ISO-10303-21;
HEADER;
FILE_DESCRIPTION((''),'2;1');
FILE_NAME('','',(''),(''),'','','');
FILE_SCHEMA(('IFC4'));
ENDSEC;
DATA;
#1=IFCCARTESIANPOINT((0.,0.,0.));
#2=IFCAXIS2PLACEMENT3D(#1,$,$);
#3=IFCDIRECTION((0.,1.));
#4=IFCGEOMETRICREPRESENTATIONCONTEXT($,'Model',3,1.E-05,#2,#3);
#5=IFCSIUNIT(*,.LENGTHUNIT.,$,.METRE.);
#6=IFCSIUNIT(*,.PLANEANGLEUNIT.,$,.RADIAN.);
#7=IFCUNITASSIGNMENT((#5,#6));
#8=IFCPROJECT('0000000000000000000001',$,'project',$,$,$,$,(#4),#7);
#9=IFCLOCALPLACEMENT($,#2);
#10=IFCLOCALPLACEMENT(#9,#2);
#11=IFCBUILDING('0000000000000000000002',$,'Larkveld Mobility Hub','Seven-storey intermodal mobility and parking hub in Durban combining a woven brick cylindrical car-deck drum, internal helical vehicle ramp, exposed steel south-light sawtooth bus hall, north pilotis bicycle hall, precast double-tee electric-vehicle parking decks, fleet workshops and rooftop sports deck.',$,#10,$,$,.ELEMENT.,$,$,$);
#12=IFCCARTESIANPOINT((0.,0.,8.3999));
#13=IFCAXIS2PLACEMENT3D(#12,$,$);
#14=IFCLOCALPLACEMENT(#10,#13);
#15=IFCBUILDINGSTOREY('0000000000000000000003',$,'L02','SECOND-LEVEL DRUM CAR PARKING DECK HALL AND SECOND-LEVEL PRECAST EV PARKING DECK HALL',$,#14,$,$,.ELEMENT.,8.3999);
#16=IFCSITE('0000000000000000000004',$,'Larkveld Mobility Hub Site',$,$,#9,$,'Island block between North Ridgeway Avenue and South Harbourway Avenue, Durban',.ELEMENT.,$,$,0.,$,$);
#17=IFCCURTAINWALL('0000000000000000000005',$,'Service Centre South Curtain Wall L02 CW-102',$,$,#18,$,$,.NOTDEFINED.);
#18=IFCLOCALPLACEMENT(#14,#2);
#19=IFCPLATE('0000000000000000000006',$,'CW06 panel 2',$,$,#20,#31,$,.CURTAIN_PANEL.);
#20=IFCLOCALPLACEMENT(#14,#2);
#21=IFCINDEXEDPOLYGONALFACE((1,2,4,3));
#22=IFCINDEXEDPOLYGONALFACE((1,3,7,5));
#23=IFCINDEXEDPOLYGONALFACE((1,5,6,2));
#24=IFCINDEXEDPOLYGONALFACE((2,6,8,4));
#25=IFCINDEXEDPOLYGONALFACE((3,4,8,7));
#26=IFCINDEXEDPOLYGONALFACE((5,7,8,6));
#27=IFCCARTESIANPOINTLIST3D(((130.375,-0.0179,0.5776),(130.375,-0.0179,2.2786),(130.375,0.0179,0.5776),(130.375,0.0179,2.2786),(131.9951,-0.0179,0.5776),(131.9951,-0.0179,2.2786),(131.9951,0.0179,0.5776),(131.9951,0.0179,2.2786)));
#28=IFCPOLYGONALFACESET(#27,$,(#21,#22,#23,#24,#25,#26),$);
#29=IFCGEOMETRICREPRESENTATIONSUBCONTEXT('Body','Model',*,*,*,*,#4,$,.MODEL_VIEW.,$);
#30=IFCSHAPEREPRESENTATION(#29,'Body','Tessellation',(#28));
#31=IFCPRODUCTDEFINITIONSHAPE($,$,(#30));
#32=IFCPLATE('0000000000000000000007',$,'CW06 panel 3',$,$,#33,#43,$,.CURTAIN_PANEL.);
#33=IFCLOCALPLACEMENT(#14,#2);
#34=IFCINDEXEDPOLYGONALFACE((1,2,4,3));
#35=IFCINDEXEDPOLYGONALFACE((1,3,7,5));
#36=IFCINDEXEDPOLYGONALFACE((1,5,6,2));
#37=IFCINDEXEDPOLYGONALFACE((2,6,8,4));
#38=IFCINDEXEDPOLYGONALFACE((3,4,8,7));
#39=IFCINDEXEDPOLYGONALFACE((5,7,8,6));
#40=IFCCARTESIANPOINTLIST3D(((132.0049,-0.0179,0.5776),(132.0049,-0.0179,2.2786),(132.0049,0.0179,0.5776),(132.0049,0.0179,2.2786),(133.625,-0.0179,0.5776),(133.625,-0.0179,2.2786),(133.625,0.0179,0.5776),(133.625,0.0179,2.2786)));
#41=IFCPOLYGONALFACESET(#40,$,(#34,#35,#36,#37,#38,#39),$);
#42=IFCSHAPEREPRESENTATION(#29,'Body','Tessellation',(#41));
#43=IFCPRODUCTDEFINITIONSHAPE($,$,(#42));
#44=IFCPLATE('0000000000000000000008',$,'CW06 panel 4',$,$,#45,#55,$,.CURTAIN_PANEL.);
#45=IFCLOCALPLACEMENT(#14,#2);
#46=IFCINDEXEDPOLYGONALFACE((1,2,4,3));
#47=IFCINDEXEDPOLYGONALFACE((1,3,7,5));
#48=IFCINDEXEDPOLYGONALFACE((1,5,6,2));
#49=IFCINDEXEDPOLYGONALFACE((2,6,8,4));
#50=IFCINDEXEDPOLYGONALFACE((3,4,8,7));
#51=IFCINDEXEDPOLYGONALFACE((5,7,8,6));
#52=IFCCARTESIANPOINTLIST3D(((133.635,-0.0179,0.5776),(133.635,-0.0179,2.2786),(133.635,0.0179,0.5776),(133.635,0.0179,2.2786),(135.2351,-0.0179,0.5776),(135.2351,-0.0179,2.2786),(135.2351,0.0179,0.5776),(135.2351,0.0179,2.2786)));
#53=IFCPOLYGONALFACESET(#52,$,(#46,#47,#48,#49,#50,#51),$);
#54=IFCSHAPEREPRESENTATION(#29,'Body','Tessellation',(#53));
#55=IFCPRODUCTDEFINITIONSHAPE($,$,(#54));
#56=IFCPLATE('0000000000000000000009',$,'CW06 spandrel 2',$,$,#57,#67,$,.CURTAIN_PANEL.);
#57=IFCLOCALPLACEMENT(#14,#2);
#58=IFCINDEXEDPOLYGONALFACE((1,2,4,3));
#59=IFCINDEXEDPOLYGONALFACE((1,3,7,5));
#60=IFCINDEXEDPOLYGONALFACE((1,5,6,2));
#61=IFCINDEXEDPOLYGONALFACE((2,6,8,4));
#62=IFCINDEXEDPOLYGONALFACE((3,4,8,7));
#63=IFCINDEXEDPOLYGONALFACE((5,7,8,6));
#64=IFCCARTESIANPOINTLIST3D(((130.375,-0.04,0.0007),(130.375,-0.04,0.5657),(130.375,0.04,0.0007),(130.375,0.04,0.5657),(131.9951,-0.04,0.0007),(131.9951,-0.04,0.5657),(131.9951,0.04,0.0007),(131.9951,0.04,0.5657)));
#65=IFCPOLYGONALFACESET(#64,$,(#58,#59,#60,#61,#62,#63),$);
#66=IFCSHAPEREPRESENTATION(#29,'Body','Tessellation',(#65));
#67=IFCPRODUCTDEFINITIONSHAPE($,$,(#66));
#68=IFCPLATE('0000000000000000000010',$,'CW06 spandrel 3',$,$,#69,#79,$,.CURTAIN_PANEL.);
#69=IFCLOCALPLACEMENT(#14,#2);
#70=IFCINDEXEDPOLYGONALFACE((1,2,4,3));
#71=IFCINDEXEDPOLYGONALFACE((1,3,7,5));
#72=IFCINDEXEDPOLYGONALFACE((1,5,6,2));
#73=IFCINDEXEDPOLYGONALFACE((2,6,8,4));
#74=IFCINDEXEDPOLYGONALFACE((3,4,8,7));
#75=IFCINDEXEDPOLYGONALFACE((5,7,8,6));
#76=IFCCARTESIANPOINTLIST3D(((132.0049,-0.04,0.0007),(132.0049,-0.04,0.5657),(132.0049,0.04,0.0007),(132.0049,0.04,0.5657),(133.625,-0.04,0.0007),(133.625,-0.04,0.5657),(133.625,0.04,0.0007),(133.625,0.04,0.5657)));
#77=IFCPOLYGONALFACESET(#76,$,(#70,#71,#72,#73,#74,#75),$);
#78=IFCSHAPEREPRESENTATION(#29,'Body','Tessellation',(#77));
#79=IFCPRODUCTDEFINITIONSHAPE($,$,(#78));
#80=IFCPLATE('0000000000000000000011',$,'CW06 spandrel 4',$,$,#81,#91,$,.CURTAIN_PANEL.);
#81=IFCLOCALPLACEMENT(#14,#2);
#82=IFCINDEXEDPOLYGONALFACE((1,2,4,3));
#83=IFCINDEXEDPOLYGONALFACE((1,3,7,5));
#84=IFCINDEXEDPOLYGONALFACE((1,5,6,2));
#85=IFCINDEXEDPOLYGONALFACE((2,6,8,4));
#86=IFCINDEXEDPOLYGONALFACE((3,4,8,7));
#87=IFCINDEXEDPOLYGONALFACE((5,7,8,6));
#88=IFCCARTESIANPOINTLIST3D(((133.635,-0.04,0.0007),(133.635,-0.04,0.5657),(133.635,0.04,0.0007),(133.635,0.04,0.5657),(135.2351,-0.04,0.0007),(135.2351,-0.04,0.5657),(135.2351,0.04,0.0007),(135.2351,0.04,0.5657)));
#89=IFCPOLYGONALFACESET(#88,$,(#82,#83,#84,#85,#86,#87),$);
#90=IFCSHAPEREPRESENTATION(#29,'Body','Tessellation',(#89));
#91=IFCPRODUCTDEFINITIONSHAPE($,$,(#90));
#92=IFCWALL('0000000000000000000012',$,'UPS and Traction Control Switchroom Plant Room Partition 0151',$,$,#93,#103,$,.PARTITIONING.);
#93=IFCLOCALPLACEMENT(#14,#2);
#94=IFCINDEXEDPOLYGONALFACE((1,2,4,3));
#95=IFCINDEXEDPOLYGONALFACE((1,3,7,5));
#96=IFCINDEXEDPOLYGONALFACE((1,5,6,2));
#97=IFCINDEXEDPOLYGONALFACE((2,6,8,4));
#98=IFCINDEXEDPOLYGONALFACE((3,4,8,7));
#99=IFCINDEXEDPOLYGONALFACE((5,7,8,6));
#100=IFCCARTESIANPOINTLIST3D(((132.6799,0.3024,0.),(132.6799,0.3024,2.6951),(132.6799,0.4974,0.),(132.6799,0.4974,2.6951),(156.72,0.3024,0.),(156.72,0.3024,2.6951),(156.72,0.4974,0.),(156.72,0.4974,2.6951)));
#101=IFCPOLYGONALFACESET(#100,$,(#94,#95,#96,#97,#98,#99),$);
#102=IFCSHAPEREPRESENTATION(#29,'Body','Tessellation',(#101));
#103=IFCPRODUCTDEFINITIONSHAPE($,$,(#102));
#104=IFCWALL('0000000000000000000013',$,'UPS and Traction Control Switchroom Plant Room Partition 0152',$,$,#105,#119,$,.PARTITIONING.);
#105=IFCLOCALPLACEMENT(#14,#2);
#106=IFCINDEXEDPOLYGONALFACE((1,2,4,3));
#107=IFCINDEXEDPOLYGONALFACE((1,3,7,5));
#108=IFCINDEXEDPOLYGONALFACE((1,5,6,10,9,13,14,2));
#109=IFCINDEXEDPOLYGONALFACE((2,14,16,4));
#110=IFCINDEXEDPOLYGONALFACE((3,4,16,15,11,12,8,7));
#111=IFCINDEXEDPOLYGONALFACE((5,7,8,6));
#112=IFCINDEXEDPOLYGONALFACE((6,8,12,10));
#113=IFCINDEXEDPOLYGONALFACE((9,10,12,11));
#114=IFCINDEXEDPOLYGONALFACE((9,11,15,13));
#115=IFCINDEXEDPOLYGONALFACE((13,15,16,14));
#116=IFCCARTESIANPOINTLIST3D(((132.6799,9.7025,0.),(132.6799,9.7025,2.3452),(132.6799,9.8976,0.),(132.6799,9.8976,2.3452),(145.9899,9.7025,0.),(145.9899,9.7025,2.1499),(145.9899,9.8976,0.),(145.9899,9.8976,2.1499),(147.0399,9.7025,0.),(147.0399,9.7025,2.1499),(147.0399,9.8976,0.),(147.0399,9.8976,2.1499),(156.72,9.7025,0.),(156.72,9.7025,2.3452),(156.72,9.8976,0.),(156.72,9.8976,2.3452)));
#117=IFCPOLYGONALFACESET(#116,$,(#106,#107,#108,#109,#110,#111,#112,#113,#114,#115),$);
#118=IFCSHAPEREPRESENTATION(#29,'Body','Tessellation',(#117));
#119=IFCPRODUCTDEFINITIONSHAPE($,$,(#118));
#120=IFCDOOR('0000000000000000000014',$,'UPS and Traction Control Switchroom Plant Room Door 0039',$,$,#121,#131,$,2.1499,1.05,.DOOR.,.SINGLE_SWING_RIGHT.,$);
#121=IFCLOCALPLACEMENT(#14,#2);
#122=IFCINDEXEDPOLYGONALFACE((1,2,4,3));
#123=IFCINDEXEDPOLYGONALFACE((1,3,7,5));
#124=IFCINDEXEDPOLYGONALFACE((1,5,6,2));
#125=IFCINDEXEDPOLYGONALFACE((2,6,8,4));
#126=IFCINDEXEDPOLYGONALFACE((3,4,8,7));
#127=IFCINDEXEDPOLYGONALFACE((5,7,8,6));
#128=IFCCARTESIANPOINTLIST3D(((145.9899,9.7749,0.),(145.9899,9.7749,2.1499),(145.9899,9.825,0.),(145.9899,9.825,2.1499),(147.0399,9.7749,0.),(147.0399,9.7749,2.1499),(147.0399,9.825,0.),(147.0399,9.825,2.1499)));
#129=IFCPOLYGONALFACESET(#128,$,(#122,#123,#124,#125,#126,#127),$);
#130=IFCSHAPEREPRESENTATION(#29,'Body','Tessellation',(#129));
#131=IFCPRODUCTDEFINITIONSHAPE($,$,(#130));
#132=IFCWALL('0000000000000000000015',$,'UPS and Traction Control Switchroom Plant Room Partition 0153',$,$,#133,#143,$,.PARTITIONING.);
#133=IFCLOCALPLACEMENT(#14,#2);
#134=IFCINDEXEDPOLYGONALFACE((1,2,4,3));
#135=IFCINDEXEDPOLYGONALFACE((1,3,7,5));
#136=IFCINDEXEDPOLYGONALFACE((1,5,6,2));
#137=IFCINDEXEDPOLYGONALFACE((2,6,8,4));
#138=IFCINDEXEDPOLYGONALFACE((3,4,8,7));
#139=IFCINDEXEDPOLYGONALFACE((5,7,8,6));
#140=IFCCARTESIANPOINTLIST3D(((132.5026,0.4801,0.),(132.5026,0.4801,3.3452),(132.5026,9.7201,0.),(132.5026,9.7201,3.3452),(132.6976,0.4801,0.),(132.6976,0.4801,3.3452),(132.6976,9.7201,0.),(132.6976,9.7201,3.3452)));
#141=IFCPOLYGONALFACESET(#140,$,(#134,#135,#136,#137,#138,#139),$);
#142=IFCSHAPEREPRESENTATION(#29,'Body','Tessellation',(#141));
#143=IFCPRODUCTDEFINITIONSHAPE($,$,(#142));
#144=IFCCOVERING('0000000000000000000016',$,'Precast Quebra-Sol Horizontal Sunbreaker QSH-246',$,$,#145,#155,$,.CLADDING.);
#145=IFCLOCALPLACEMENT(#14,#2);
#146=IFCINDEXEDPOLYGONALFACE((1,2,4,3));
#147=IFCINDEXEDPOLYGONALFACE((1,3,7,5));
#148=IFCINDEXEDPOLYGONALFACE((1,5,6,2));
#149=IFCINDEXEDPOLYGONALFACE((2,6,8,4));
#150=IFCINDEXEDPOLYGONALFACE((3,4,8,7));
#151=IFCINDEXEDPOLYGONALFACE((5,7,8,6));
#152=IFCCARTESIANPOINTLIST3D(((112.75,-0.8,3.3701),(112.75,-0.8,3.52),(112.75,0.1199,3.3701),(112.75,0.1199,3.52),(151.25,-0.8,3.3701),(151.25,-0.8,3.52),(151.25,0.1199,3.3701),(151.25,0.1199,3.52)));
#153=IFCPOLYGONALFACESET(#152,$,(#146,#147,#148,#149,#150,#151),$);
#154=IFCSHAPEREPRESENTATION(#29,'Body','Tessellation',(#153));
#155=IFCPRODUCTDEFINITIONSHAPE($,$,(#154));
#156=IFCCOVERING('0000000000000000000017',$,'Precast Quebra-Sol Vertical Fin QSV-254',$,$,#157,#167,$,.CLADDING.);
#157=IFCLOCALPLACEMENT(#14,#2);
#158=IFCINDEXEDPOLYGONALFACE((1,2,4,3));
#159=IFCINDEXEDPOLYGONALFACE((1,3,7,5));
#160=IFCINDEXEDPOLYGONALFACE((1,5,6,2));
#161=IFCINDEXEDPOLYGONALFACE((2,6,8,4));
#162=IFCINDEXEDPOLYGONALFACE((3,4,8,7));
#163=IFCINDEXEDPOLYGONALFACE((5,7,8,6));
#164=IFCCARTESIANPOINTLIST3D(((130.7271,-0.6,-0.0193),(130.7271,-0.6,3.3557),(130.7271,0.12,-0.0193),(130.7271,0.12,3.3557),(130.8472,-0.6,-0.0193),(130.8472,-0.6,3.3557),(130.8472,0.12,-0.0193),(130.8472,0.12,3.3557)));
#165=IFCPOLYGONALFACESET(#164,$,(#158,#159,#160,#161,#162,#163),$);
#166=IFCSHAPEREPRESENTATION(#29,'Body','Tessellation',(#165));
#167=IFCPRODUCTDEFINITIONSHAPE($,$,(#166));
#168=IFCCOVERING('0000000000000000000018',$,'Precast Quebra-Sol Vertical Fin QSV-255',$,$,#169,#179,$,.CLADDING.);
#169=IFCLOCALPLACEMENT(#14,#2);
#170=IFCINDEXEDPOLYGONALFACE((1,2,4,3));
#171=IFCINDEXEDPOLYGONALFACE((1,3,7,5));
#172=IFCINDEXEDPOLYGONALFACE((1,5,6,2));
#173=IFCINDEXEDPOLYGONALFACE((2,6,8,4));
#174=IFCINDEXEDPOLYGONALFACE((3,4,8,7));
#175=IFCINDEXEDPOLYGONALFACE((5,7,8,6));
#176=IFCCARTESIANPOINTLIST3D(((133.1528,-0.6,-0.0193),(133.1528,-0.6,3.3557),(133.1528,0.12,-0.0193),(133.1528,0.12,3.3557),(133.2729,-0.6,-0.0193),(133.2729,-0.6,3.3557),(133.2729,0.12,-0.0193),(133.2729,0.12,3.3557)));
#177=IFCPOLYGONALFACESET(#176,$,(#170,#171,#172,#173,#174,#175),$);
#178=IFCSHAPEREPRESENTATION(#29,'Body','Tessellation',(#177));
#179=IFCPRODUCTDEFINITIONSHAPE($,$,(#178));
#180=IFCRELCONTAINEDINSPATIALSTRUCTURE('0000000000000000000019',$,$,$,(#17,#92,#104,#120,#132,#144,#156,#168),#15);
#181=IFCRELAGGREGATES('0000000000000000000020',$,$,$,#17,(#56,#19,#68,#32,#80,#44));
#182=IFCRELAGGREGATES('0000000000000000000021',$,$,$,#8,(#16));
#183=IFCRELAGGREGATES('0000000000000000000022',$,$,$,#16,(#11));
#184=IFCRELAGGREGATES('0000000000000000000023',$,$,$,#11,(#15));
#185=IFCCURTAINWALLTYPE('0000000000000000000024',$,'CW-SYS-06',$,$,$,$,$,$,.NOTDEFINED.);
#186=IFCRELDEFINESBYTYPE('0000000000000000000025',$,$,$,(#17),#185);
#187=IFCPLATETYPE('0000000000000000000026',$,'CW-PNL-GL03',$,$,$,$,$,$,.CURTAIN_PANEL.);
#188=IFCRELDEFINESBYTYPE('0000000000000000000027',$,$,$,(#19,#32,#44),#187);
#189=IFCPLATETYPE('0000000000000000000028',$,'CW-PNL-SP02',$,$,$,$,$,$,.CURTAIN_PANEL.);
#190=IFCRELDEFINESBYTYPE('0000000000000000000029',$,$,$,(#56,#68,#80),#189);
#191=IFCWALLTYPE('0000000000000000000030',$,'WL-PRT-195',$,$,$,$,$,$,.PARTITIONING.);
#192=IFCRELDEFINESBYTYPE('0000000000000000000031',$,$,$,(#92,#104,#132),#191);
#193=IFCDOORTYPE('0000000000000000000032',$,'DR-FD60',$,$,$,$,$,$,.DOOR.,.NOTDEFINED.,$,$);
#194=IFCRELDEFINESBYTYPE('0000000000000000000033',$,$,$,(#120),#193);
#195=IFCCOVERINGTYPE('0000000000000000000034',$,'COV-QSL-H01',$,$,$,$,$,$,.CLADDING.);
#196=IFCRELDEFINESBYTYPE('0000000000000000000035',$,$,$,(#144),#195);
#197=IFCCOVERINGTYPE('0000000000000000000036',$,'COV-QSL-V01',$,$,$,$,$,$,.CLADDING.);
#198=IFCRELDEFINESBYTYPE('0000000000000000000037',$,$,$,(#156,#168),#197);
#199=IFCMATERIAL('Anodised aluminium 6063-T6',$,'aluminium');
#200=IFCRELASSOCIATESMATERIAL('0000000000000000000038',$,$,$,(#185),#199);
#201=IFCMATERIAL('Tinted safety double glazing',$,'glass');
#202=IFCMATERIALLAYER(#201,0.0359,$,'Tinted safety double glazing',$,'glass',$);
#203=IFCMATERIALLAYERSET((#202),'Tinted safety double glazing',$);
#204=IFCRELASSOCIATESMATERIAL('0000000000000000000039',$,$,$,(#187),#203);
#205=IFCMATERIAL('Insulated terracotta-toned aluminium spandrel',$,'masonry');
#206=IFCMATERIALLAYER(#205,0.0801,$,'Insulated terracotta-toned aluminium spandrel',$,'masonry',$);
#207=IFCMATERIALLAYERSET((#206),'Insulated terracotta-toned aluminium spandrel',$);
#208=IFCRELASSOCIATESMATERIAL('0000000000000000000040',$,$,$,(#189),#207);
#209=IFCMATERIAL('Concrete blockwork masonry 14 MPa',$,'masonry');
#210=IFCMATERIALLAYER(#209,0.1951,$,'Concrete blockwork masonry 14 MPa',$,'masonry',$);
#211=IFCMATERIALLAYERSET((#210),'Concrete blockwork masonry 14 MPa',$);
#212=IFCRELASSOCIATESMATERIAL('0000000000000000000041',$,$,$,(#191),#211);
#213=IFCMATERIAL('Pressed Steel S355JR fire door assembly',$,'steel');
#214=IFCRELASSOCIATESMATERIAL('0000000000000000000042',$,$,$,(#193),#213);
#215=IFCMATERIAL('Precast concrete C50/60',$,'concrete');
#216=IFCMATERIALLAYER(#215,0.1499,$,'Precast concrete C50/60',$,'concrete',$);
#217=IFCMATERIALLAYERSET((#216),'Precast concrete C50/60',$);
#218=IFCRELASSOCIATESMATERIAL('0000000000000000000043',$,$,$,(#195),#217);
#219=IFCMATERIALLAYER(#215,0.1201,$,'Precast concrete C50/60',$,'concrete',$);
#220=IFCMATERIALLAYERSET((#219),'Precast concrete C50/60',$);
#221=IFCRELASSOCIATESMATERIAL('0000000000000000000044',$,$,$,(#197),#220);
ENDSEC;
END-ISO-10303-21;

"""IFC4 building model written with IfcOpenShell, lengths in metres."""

from ifc_helpers import new_model, si_unit, direction, frame, frame_2d, origin, origin_2d, place, context, subcontext, project, spatial, rectangle, extrude, material, layer, layer_set, type_object, element, fill, aggregate, save


model = new_model("IFC4")

# Units and contexts
model_context = context("Model", 3, precision=1e-05, world=origin(), true_north=direction((0.0, 1.0)))
body_context = subcontext(model_context, "Body", "Model", "MODEL_VIEW")
ifc_project = project(units=[si_unit("LENGTHUNIT", "METRE"), si_unit("PLANEANGLEUNIT", "RADIAN")], contexts=[model_context])

# Site, building, storey
site_placement = place(None, origin())
site = spatial("IfcSite", under=ifc_project, at=site_placement, Name="Larkveld Mobility Hub Site", LongName="Island block between North Ridgeway Avenue and South Harbourway Avenue, Durban", CompositionType="ELEMENT", RefElevation=0.0)
building_placement = place(site_placement, origin())
building = spatial("IfcBuilding", under=site, at=building_placement, Name="Larkveld Mobility Hub", Description="Seven-storey intermodal mobility and parking hub in Durban combining a woven brick cylindrical car-deck drum, internal helical vehicle ramp, exposed steel south-light sawtooth bus hall, north pilotis bicycle hall, precast double-tee electric-vehicle parking decks, fleet workshops and rooftop sports deck.", CompositionType="ELEMENT")
storey_placement = place(building_placement, frame((0.0, 0.0, 8.3999)))
storey = spatial("IfcBuildingStorey", under=building, at=storey_placement, Name="L02", Description="SECOND-LEVEL DRUM CAR PARKING DECK HALL AND SECOND-LEVEL PRECAST EV PARKING DECK HALL", CompositionType="ELEMENT", Elevation=8.3999)

# Curtain wall, plates
ifc_material_1 = material(Name="Anodised aluminium 6063-T6", Category="aluminium")
curtain_wall_type = type_object("IfcCurtainWallType", Name="CW-SYS-06", PredefinedType="NOTDEFINED", material=ifc_material_1)
curtain_wall_placement = place(storey_placement, origin())
curtain_wall = element("IfcCurtainWall", 1, at=curtain_wall_placement, inside=storey, type_object=curtain_wall_type, Name="Service Centre South Curtain Wall L02 CW-102", PredefinedType="NOTDEFINED")
ifc_material_2 = material(Name="Tinted safety double glazing", Category="glass")
ifc_layer_1 = layer(ifc_material_2, 0.0359, Name="Tinted safety double glazing", Category="glass")
ifc_layer_set_1 = layer_set([ifc_layer_1], Name="Tinted safety double glazing")
plate_type_1 = type_object("IfcPlateType", Name="CW-PNL-GL03", PredefinedType="CURTAIN_PANEL", material=ifc_layer_set_1)
plate_1_placement = place(storey_placement, frame((131.1851, 0.0, 0.5776), z_axis=(0.0, 0.0, 1.0), x_axis=(1.0, 0.0, 0.0)))
plate_1 = element("IfcPlate", 2, at=plate_1_placement, type_object=plate_type_1, Name="CW06 panel 2", PredefinedType="CURTAIN_PANEL", context=body_context, shape_type="SweptSolid", body=[
    extrude(rectangle(XDim=1.6201, YDim=0.0359, at=origin_2d()), origin(), (0.0, 0.0, 1.0), 1.7009),
])
plate_2_placement = place(storey_placement, frame((132.8149, 0.0, 0.5776), z_axis=(0.0, 0.0, 1.0), x_axis=(1.0, 0.0, 0.0)))
plate_2 = element("IfcPlate", 3, at=plate_2_placement, type_object=plate_type_1, Name="CW06 panel 3", PredefinedType="CURTAIN_PANEL", context=body_context, shape_type="SweptSolid", body=[
    extrude(rectangle(XDim=1.6201, YDim=0.0359, at=origin_2d()), origin(), (0.0, 0.0, 1.0), 1.7009),
])
plate_3_placement = place(storey_placement, frame((134.4351, 0.0, 0.5776), z_axis=(0.0, 0.0, 1.0), x_axis=(1.0, 0.0, 0.0)))
plate_3 = element("IfcPlate", 4, at=plate_3_placement, type_object=plate_type_1, Name="CW06 panel 4", PredefinedType="CURTAIN_PANEL", context=body_context, shape_type="SweptSolid", body=[
    extrude(rectangle(XDim=1.6001, YDim=0.0359, at=origin_2d()), origin(), (0.0, 0.0, 1.0), 1.7009),
])
ifc_material_3 = material(Name="Insulated terracotta-toned aluminium spandrel", Category="masonry")
ifc_layer_2 = layer(ifc_material_3, 0.0801, Name="Insulated terracotta-toned aluminium spandrel", Category="masonry")
ifc_layer_set_2 = layer_set([ifc_layer_2], Name="Insulated terracotta-toned aluminium spandrel")
plate_type_2 = type_object("IfcPlateType", Name="CW-PNL-SP02", PredefinedType="CURTAIN_PANEL", material=ifc_layer_set_2)
plate_4_placement = place(storey_placement, frame((131.1851, 0.0, 0.0007), z_axis=(0.0, 0.0, 1.0), x_axis=(1.0, 0.0, 0.0)))
plate_4 = element("IfcPlate", 5, at=plate_4_placement, type_object=plate_type_2, Name="CW06 spandrel 2", PredefinedType="CURTAIN_PANEL", context=body_context, shape_type="SweptSolid", body=[
    extrude(rectangle(XDim=1.6201, YDim=0.0801, at=origin_2d()), origin(), (0.0, 0.0, 1.0), 0.5649),
])
plate_5_placement = place(storey_placement, frame((132.8149, 0.0, 0.0007), z_axis=(0.0, 0.0, 1.0), x_axis=(1.0, 0.0, 0.0)))
plate_5 = element("IfcPlate", 6, at=plate_5_placement, type_object=plate_type_2, Name="CW06 spandrel 3", PredefinedType="CURTAIN_PANEL", context=body_context, shape_type="SweptSolid", body=[
    extrude(rectangle(XDim=1.6201, YDim=0.0801, at=origin_2d()), origin(), (0.0, 0.0, 1.0), 0.5649),
])
plate_6_placement = place(storey_placement, frame((134.4351, 0.0, 0.0007), z_axis=(0.0, 0.0, 1.0), x_axis=(1.0, 0.0, 0.0)))
plate_6 = element("IfcPlate", 7, at=plate_6_placement, type_object=plate_type_2, Name="CW06 spandrel 4", PredefinedType="CURTAIN_PANEL", context=body_context, shape_type="SweptSolid", body=[
    extrude(rectangle(XDim=1.6001, YDim=0.0801, at=origin_2d()), origin(), (0.0, 0.0, 1.0), 0.5649),
])
aggregate(curtain_wall, [plate_4, plate_1, plate_5, plate_2, plate_6, plate_3])

# Wall
ifc_material_4 = material(Name="Concrete blockwork masonry 14 MPa", Category="masonry")
ifc_layer_3 = layer(ifc_material_4, 0.1951, Name="Concrete blockwork masonry 14 MPa", Category="masonry")
ifc_layer_set_3 = layer_set([ifc_layer_3], Name="Concrete blockwork masonry 14 MPa")
wall_type = type_object("IfcWallType", Name="WL-PRT-195", PredefinedType="PARTITIONING", material=ifc_layer_set_3)
wall_1_placement = place(storey_placement, frame((132.6799, 0.3999, 0.0), z_axis=(0.0, 0.0, 1.0), x_axis=(1.0, 0.0, 0.0)))
element("IfcWall", 8, at=wall_1_placement, inside=storey, type_object=wall_type, Name="UPS and Traction Control Switchroom Plant Room Partition 0151", PredefinedType="PARTITIONING", context=body_context, shape_type="SweptSolid", body=[
    extrude(rectangle(XDim=24.04, YDim=0.1951, at=frame_2d((12.02, 0.0))), origin(), (0.0, 0.0, 1.0), 2.6951),
])

# Wall, opening, door
wall_2_placement = place(storey_placement, frame((132.6799, 9.8, 0.0), z_axis=(0.0, 0.0, 1.0), x_axis=(1.0, 0.0, 0.0)))
wall_2 = element("IfcWall", 9, at=wall_2_placement, inside=storey, type_object=wall_type, Name="UPS and Traction Control Switchroom Plant Room Partition 0152", PredefinedType="PARTITIONING", context=body_context, shape_type="SweptSolid", body=[
    extrude(rectangle(XDim=24.04, YDim=0.1951, at=frame_2d((12.02, 0.0))), origin(), (0.0, 0.0, 1.0), 2.3452),
])
opening_placement = place(wall_2_placement, frame((13.3101, 0.0, 0.0)))
opening = element("IfcOpeningElement", 10, at=opening_placement, cuts=wall_2, PredefinedType="OPENING", context=body_context, shape_type="SweptSolid", body=[
    extrude(rectangle(XDim=1.05, YDim=2.1499, at=frame_2d((0.5249, 1.075))), frame((0.0, 0.1074, 0.0), z_axis=(0.0, -1.0, 0.0), x_axis=(1.0, 0.0, 0.0)), (0.0, 0.0, 1.0), 0.2151),
])
ifc_material_5 = material(Name="Pressed Steel S355JR fire door assembly", Category="steel")
door_type = type_object("IfcDoorType", Name="DR-FD60", OperationType="NOTDEFINED", PredefinedType="DOOR", material=ifc_material_5)
door_placement = place(opening_placement, origin())
door = element("IfcDoor", 11, at=door_placement, inside=storey, type_object=door_type, Name="UPS and Traction Control Switchroom Plant Room Door 0039", OperationType="SINGLE_SWING_RIGHT", OverallHeight=2.1499, OverallWidth=1.05, PredefinedType="DOOR", context=body_context, shape_type="SweptSolid", body=[
    extrude(rectangle(XDim=1.05, YDim=2.1499, at=frame_2d((0.5249, 1.075))), frame((0.0, 0.0249, 0.0), z_axis=(0.0, -1.0, 0.0), x_axis=(1.0, 0.0, 0.0)), (0.0, 0.0, 1.0), 0.05),
])
fill(opening, door)

# Wall
wall_3_placement = place(storey_placement, frame((132.6001, 0.48, 0.0), z_axis=(0.0, 0.0, 1.0), x_axis=(0.0, 1.0, 0.0)))
element("IfcWall", 12, at=wall_3_placement, inside=storey, type_object=wall_type, Name="UPS and Traction Control Switchroom Plant Room Partition 0153", PredefinedType="PARTITIONING", context=body_context, shape_type="SweptSolid", body=[
    extrude(rectangle(XDim=9.24, YDim=0.1951, at=frame_2d((4.6201, 0.0))), origin(), (0.0, 0.0, 1.0), 3.3452),
])

# Coverings
ifc_material_6 = material(Name="Precast concrete C50/60", Category="concrete")
ifc_layer_4 = layer(ifc_material_6, 0.1499, Name="Precast concrete C50/60", Category="concrete")
ifc_layer_set_4 = layer_set([ifc_layer_4], Name="Precast concrete C50/60")
covering_type_1 = type_object("IfcCoveringType", Name="COV-QSL-H01", PredefinedType="CLADDING", material=ifc_layer_set_4)
covering_placement = place(storey_placement, frame((132.0, -0.3401, 3.3701), z_axis=(0.0, 0.0, 1.0), x_axis=(1.0, 0.0, 0.0)))
element("IfcCovering", 13, at=covering_placement, inside=storey, type_object=covering_type_1, Name="Precast Quebra-Sol Horizontal Sunbreaker QSH-246", PredefinedType="CLADDING", context=body_context, shape_type="SweptSolid", body=[
    extrude(rectangle(XDim=38.5, YDim=0.9199, at=origin_2d()), origin(), (0.0, 0.0, 1.0), 0.1499),
])
ifc_layer_5 = layer(ifc_material_6, 0.1201, Name="Precast concrete C50/60", Category="concrete")
ifc_layer_set_5 = layer_set([ifc_layer_5], Name="Precast concrete C50/60")
covering_type_2 = type_object("IfcCoveringType", Name="COV-QSL-V01", PredefinedType="CLADDING", material=ifc_layer_set_5)
for number, where, z_axis, x_axis, name in (
    (14, (130.7871, -0.24, -0.0193), (0.0, 0.0, 1.0), (1.0, 0.0, 0.0), "Precast Quebra-Sol Vertical Fin QSV-254"),
    (15, (133.2129, -0.24, -0.0193), (0.0, 0.0, 1.0), (1.0, 0.0, 0.0), "Precast Quebra-Sol Vertical Fin QSV-255"),
):
    element("IfcCovering", number, at=place(storey_placement, frame(where, z_axis=z_axis, x_axis=x_axis)), inside=storey, type_object=covering_type_2, Name=name, PredefinedType="CLADDING", context=body_context, shape_type="SweptSolid", body=[
        extrude(rectangle(XDim=0.1201, YDim=0.72, at=origin_2d()), origin(), (0.0, 0.0, 1.0), 3.375),
    ])

save(model, "model.ifc")
